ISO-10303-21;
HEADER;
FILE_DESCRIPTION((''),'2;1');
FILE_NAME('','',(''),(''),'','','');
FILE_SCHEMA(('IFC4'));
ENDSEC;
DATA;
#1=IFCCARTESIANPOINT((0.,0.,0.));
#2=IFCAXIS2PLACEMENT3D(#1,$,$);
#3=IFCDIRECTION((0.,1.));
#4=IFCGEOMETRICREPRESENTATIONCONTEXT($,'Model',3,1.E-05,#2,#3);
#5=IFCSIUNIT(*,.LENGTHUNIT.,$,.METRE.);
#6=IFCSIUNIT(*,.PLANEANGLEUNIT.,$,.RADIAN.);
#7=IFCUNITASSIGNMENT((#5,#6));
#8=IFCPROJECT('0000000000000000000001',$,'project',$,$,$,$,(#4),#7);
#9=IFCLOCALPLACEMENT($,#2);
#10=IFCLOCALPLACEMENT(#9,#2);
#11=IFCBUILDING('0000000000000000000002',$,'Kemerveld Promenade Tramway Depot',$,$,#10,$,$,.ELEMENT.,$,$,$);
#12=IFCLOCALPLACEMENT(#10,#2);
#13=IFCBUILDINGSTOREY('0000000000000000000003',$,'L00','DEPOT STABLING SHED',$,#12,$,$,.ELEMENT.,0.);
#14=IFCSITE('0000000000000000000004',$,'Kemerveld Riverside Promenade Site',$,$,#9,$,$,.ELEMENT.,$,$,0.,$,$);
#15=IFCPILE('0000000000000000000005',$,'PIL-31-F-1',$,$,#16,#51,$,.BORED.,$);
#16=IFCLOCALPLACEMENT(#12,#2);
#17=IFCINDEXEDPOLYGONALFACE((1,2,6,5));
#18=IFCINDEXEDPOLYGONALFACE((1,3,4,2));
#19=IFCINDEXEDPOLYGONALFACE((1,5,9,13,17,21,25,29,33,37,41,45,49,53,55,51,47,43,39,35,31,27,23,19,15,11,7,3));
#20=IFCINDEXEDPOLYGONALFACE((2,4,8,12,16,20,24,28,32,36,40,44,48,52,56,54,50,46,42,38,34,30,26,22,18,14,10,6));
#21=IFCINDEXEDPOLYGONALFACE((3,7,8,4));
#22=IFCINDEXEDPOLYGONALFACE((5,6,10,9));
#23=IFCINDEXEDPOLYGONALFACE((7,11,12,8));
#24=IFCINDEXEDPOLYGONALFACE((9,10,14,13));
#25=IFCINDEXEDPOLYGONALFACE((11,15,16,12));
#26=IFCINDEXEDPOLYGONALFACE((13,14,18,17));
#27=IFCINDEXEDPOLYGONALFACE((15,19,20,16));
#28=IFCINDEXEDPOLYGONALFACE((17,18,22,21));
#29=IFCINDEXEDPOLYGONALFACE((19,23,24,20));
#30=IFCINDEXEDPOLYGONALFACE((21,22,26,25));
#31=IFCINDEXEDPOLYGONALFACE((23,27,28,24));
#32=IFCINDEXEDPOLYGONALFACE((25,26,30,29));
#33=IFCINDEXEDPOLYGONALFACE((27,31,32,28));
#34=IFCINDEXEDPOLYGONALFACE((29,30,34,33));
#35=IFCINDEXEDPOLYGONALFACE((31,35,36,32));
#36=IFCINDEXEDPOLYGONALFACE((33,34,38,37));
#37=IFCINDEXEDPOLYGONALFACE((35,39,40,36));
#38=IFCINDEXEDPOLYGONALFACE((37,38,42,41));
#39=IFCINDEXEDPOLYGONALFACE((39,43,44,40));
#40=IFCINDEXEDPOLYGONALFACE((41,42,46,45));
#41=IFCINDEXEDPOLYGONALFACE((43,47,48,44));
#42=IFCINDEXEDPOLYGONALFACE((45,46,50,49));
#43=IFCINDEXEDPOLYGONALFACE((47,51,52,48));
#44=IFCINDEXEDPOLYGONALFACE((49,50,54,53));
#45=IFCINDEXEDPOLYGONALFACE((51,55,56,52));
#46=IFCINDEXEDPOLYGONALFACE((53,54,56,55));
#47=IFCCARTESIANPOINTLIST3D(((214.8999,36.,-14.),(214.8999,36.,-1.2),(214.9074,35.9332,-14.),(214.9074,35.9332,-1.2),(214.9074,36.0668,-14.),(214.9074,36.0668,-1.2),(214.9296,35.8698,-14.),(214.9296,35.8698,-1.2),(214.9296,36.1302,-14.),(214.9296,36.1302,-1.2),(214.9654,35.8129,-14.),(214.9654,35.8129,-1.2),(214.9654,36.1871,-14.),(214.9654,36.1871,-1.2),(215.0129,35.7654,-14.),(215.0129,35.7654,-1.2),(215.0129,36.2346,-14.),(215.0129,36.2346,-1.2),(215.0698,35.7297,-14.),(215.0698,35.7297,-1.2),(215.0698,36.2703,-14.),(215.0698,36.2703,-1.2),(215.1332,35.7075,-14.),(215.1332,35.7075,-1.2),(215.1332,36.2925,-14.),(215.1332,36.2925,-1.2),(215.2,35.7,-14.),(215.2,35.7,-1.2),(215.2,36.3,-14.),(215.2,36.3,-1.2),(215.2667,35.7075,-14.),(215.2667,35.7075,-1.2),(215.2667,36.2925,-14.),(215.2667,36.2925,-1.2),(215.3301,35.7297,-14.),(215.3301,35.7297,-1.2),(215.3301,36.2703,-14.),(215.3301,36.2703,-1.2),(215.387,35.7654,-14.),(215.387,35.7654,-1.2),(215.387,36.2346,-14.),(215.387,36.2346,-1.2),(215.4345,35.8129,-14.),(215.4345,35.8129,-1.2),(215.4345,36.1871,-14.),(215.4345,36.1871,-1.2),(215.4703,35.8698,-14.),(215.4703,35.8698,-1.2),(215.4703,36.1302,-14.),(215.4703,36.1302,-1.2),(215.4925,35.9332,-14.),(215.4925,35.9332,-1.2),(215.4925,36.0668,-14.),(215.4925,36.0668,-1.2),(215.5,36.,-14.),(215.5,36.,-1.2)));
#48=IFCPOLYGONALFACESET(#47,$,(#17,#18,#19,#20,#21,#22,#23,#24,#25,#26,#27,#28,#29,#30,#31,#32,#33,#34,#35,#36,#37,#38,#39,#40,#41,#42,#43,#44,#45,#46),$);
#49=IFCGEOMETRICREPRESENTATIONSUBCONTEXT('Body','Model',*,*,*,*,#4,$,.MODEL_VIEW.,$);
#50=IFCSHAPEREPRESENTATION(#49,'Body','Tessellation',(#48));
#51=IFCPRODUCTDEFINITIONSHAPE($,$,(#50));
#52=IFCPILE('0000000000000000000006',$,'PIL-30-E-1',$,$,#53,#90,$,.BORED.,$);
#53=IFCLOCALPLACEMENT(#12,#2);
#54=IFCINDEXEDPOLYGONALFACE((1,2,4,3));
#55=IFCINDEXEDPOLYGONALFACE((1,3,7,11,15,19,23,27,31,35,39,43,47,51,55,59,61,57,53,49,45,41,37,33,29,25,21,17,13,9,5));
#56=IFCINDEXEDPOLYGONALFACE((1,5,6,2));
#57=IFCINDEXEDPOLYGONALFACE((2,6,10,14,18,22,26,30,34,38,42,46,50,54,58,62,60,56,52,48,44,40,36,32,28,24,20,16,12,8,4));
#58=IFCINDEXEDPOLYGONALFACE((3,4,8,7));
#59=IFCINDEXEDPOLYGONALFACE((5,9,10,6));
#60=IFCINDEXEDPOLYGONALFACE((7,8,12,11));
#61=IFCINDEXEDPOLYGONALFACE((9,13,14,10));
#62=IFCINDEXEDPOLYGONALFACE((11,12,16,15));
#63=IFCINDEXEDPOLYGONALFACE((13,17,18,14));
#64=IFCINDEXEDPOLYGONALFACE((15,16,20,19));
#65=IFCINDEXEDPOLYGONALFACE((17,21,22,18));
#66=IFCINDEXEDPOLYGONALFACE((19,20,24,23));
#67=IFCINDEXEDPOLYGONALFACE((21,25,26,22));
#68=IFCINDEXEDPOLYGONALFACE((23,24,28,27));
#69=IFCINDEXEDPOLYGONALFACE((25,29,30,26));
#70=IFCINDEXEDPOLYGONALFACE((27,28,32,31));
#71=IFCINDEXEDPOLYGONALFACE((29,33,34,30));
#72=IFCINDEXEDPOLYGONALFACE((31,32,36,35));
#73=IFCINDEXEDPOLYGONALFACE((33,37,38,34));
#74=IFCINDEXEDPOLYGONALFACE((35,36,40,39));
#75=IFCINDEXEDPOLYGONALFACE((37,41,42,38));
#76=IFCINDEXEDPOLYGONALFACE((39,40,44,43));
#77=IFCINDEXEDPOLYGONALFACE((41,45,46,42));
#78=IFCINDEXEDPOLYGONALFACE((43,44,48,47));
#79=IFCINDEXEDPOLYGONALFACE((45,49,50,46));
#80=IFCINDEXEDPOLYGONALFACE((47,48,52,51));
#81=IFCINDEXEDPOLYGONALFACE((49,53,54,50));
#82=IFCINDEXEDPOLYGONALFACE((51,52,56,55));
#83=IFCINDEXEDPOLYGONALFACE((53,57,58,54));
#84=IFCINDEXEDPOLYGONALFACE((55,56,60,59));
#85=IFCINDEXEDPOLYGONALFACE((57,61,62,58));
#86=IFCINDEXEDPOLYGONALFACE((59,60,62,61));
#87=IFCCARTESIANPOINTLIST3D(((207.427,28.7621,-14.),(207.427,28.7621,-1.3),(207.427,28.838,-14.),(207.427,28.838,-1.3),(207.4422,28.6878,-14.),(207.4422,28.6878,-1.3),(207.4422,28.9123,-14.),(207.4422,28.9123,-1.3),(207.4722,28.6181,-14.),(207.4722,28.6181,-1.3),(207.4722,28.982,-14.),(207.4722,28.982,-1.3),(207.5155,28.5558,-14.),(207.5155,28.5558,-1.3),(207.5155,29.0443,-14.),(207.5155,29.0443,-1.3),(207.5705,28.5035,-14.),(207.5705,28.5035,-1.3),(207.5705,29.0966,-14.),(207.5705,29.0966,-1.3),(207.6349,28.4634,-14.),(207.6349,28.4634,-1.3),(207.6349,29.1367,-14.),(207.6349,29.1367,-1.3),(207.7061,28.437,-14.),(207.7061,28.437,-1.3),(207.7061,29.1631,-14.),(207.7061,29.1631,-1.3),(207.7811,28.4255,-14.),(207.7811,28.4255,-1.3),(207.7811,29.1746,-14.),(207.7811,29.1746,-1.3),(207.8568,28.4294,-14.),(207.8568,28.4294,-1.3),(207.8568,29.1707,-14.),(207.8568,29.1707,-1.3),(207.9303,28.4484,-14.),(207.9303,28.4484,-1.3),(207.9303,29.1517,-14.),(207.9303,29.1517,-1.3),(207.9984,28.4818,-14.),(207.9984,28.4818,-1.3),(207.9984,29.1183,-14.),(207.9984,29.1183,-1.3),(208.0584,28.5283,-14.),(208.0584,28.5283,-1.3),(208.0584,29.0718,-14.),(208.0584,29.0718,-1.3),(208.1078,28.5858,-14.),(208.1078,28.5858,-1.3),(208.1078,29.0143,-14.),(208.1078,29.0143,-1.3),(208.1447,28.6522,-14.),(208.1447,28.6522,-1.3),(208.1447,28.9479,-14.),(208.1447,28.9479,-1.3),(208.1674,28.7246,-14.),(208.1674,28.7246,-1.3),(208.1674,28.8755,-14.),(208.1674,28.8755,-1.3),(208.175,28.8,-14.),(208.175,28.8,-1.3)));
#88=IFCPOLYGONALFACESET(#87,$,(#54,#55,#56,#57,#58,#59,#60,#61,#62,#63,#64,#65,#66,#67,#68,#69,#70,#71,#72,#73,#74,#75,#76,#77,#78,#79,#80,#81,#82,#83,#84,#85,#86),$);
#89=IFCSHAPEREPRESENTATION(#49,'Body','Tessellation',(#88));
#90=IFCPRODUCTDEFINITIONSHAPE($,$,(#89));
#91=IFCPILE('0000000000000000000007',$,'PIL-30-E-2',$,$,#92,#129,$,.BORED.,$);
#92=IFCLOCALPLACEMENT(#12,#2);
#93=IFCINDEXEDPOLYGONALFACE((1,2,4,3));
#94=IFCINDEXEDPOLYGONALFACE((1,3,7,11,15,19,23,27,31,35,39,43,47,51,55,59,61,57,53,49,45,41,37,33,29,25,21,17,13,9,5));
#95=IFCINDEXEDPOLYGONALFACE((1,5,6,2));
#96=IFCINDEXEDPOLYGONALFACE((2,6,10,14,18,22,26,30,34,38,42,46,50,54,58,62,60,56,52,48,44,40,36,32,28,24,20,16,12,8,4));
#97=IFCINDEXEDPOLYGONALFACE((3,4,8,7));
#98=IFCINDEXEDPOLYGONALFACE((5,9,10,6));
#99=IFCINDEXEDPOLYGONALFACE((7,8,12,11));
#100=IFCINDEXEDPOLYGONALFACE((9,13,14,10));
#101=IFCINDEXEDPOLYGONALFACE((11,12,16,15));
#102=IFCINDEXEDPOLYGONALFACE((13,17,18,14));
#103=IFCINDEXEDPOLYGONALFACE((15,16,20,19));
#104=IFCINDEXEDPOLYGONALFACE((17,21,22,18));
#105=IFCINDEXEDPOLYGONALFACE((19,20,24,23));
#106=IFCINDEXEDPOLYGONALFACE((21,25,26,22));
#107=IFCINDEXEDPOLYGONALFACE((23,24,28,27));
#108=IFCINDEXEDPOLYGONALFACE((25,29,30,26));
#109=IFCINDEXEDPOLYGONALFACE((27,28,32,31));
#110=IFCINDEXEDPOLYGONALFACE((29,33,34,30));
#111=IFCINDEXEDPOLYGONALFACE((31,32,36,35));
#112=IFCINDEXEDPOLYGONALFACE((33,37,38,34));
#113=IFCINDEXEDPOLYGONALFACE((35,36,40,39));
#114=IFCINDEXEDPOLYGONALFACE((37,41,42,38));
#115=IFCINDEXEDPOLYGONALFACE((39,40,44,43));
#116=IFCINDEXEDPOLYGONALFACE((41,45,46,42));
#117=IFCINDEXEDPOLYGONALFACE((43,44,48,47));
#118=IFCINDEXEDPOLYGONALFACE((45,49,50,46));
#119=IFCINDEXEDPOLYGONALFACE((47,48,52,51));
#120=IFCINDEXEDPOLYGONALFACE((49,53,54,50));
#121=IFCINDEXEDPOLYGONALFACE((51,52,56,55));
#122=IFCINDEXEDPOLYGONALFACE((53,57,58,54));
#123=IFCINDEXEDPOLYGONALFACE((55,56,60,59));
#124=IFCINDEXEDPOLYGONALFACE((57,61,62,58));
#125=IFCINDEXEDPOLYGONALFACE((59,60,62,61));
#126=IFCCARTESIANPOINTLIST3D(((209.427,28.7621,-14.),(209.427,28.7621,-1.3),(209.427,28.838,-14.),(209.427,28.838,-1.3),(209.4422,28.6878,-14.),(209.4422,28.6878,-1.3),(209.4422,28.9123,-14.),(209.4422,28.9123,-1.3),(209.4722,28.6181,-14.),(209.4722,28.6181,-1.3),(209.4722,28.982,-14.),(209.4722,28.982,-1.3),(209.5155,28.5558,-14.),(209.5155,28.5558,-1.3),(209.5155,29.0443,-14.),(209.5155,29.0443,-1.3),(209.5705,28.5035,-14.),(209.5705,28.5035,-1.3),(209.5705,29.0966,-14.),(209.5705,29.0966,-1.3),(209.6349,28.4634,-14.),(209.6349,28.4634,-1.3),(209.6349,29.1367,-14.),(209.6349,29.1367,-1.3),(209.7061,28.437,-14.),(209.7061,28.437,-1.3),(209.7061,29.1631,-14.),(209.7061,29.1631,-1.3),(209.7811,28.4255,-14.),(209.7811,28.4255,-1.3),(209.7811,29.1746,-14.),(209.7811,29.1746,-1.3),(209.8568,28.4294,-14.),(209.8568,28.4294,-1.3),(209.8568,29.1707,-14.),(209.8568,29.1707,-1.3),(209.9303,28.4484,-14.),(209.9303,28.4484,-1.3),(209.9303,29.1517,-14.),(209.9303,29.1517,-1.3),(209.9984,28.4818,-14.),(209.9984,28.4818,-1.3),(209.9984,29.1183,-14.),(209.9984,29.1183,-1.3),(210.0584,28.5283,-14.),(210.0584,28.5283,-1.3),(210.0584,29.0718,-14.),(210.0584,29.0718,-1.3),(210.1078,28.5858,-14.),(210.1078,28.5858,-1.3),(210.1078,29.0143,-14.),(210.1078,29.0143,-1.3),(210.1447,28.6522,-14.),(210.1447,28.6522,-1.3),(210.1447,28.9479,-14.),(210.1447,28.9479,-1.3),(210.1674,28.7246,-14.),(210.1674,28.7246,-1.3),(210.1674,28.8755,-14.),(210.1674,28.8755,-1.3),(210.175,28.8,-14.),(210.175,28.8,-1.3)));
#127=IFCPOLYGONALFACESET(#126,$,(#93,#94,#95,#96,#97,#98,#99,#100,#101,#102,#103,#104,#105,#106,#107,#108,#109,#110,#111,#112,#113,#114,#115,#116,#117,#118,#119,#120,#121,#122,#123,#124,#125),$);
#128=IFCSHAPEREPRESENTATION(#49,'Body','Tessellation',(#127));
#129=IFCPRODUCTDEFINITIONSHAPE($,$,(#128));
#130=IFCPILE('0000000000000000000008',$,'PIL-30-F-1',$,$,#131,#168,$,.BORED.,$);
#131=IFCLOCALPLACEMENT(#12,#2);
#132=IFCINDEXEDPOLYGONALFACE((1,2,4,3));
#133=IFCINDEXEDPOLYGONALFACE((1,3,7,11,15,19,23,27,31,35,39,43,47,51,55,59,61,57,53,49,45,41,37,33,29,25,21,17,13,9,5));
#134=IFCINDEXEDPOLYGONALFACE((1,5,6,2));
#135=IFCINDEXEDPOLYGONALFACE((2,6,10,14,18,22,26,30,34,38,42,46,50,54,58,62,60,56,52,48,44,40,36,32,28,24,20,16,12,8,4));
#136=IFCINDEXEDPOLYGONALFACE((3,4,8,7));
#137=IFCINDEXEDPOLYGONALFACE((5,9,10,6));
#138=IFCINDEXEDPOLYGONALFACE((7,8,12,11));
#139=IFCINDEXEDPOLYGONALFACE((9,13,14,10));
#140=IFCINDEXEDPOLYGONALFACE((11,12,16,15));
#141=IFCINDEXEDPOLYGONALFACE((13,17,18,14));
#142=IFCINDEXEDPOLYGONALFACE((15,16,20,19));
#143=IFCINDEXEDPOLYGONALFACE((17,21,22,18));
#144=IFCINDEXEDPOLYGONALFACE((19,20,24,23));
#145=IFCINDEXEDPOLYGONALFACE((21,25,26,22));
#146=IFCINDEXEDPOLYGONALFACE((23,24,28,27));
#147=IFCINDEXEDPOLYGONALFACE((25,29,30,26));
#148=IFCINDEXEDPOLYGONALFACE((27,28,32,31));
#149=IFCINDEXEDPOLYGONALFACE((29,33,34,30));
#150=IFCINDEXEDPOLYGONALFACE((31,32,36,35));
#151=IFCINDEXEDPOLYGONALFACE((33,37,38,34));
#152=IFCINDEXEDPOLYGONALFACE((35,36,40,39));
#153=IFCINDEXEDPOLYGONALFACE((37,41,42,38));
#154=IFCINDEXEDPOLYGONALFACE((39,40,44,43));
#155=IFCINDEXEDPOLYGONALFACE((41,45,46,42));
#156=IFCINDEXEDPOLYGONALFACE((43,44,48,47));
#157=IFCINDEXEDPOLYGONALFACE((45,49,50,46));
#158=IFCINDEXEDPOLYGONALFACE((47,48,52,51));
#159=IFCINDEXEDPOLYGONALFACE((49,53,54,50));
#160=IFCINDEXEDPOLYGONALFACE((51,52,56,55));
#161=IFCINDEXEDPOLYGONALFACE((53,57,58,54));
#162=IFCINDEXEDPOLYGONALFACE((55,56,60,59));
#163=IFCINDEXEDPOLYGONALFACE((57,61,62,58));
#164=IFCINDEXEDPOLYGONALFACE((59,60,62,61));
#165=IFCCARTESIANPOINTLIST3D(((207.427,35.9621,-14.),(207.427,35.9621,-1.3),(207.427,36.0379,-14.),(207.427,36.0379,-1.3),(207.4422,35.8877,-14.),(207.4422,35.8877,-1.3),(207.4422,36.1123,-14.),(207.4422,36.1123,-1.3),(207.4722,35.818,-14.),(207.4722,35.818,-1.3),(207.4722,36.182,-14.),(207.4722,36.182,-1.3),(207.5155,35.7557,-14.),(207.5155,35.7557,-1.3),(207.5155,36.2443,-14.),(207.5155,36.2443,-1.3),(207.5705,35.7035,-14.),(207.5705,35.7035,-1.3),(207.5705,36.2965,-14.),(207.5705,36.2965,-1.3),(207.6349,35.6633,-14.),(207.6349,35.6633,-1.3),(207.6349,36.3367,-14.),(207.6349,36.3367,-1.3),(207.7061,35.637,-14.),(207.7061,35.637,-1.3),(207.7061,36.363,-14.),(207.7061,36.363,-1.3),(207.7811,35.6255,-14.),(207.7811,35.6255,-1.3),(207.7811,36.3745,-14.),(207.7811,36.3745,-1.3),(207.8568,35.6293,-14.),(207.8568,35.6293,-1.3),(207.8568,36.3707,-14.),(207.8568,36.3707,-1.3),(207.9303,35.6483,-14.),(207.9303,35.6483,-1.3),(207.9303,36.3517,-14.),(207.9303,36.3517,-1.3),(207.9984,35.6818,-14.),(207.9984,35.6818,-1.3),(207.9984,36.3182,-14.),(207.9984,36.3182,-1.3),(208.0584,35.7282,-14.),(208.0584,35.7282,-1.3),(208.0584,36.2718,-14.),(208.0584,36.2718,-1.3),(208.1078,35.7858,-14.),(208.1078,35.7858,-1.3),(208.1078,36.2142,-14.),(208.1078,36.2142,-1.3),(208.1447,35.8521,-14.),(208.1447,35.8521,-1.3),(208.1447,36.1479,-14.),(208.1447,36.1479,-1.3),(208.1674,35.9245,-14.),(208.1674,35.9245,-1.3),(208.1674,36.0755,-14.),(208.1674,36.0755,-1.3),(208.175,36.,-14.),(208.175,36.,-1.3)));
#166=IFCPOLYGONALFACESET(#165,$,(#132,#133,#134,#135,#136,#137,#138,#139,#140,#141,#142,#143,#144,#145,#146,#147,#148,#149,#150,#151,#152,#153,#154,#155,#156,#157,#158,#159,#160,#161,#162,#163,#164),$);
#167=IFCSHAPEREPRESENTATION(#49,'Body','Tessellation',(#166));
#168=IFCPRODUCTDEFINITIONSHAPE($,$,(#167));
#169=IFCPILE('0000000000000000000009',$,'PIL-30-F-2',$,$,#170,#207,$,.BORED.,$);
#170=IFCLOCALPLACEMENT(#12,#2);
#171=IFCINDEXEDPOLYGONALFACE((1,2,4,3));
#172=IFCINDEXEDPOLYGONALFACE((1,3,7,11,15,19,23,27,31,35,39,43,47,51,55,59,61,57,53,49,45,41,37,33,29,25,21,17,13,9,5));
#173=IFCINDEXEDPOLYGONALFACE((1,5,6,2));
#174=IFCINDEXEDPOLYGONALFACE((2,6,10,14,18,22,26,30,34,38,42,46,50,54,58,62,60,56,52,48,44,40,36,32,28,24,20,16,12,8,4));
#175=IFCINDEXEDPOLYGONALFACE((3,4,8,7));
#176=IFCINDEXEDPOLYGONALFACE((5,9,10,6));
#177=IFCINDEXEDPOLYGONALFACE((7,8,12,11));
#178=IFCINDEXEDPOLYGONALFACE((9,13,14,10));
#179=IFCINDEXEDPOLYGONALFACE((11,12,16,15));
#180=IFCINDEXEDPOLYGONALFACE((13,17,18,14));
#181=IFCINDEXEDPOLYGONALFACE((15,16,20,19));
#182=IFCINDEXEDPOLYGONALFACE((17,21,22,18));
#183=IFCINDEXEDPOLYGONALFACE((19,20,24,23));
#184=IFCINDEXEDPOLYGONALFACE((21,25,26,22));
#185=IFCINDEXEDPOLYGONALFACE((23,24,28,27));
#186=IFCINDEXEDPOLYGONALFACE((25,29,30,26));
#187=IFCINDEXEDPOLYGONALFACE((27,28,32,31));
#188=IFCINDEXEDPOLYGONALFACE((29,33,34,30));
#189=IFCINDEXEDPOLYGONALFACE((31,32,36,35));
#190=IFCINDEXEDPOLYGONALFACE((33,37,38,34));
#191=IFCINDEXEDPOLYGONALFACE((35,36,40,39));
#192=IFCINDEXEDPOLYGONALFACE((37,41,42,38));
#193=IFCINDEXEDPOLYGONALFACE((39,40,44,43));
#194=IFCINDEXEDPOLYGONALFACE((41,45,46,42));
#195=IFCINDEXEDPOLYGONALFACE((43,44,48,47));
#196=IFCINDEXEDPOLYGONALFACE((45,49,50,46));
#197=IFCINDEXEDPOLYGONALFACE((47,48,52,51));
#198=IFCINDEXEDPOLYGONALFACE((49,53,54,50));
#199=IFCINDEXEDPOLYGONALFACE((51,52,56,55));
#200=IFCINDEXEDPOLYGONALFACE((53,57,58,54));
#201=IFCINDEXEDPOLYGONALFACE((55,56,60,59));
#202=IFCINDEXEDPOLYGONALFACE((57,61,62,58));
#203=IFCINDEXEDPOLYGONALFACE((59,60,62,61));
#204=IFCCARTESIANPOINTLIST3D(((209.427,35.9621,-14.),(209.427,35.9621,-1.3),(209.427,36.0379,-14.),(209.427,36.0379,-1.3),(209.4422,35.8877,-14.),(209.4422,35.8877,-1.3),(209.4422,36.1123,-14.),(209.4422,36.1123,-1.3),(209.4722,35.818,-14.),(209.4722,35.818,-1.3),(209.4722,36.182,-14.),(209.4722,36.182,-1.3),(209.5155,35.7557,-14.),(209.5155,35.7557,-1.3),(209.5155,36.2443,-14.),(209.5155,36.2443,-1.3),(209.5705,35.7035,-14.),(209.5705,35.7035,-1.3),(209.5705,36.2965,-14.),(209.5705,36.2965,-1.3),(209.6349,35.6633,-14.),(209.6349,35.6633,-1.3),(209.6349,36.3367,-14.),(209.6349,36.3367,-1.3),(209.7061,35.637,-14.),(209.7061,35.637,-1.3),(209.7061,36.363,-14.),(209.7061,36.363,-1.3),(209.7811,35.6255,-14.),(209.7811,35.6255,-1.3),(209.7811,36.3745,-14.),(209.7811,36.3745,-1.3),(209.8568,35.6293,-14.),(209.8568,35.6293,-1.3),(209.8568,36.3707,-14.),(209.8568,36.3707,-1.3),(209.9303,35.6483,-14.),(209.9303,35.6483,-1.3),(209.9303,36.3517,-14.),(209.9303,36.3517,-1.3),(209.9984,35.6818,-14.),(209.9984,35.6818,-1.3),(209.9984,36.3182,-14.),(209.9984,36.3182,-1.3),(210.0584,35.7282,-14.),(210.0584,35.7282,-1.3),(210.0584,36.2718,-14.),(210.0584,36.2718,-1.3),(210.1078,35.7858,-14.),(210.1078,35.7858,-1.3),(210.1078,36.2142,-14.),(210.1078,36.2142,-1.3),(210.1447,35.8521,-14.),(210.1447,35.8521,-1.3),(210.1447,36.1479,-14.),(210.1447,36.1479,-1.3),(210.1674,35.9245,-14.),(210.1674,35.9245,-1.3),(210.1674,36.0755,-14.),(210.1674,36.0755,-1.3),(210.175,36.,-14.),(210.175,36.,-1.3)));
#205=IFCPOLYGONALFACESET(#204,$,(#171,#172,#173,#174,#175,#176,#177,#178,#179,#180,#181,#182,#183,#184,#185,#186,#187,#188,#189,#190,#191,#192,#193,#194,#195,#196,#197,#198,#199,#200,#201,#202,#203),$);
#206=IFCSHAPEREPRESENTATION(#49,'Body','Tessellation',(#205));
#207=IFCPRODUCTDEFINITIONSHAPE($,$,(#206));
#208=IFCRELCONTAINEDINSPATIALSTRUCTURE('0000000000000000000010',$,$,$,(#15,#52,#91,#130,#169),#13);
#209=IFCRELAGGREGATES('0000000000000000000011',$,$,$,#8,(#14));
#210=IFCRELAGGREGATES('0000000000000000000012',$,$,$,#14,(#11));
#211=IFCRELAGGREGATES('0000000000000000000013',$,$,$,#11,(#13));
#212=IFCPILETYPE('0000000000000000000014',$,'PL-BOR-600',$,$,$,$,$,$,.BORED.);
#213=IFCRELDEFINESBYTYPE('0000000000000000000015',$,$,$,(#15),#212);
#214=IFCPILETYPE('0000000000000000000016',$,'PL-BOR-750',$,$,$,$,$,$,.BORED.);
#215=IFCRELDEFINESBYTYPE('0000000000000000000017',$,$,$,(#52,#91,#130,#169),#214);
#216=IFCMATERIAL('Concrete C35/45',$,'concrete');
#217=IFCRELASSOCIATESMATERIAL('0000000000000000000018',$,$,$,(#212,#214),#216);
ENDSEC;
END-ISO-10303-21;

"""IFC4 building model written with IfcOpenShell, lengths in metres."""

from ifc_helpers import new_model, si_unit, direction, frame, origin, origin_2d, place, context, subcontext, project, spatial, circle, extrude, material, material_profile, profile_set, type_object, element, save


model = new_model("IFC4")

# Units and contexts
model_context = context("Model", 3, precision=1e-05, world=origin(), true_north=direction((0.0, 1.0)))
body_context = subcontext(model_context, "Body", "Model", "MODEL_VIEW")
ifc_project = project(units=[si_unit("LENGTHUNIT", "METRE"), si_unit("PLANEANGLEUNIT", "RADIAN")], contexts=[model_context])

# Site, building, storey
site_placement = place(None, origin())
site = spatial("IfcSite", under=ifc_project, at=site_placement, Name="Kemerveld Riverside Promenade Site", CompositionType="ELEMENT", RefElevation=0.0)
building_placement = place(site_placement, origin())
building = spatial("IfcBuilding", under=site, at=building_placement, Name="Kemerveld Promenade Tramway Depot", CompositionType="ELEMENT")
storey_placement = place(building_placement, origin())
storey = spatial("IfcBuildingStorey", under=building, at=storey_placement, Name="L00", Description="DEPOT STABLING SHED", CompositionType="ELEMENT", Elevation=0.0)

# Shared definitions
ifc_material_1 = material(Name="Concrete C35/45", Category="concrete")

# Piles
ifc_material_profile_1 = material_profile(ifc_material_1, circle(Radius=0.3, at=origin_2d()), Name="PILE-D600")
ifc_profile_set_1 = profile_set([ifc_material_profile_1], Name="Concrete C35/45")
pile_type_1 = type_object("IfcPileType", Name="PL-BOR-600", PredefinedType="BORED", material=ifc_profile_set_1)
for number, where, z_axis, x_axis, name in (
    (1, (215.2, 36.0, -1.2), (0.0, 0.0, -1.0), (1.0, 0.0, 0.0), "PIL-31-F-1"),
):
    element("IfcPile", number, at=place(storey_placement, frame(where, z_axis=z_axis, x_axis=x_axis)), inside=storey, type_object=pile_type_1, Name=name, PredefinedType="BORED", context=body_context, shape_type="SweptSolid", body=[
        extrude(circle(Radius=0.3, at=origin_2d()), origin(), (0.0, 0.0, 1.0), 12.8),
    ])
ifc_material_profile_2 = material_profile(ifc_material_1, circle(Radius=0.375, at=origin_2d()), Name="PILE-D750")
ifc_profile_set_2 = profile_set([ifc_material_profile_2], Name="Concrete C35/45")
pile_type_2 = type_object("IfcPileType", Name="PL-BOR-750", PredefinedType="BORED", material=ifc_profile_set_2)
for number, where, z_axis, x_axis, name in (
    (2, (207.8, 28.8, -1.3), (0.0, 0.0, -1.0), (1.0, 0.0, 0.0), "PIL-30-E-1"),
    (3, (209.8, 28.8, -1.3), (0.0, 0.0, -1.0), (1.0, 0.0, 0.0), "PIL-30-E-2"),
    (4, (207.8, 36.0, -1.3), (0.0, 0.0, -1.0), (1.0, 0.0, 0.0), "PIL-30-F-1"),
    (5, (209.8, 36.0, -1.3), (0.0, 0.0, -1.0), (1.0, 0.0, 0.0), "PIL-30-F-2"),
):
    element("IfcPile", number, at=place(storey_placement, frame(where, z_axis=z_axis, x_axis=x_axis)), inside=storey, type_object=pile_type_2, Name=name, PredefinedType="BORED", context=body_context, shape_type="SweptSolid", body=[
        extrude(circle(Radius=0.375, at=origin_2d()), origin(), (0.0, 0.0, 1.0), 12.7),
    ])

save(model, "model.ifc")
